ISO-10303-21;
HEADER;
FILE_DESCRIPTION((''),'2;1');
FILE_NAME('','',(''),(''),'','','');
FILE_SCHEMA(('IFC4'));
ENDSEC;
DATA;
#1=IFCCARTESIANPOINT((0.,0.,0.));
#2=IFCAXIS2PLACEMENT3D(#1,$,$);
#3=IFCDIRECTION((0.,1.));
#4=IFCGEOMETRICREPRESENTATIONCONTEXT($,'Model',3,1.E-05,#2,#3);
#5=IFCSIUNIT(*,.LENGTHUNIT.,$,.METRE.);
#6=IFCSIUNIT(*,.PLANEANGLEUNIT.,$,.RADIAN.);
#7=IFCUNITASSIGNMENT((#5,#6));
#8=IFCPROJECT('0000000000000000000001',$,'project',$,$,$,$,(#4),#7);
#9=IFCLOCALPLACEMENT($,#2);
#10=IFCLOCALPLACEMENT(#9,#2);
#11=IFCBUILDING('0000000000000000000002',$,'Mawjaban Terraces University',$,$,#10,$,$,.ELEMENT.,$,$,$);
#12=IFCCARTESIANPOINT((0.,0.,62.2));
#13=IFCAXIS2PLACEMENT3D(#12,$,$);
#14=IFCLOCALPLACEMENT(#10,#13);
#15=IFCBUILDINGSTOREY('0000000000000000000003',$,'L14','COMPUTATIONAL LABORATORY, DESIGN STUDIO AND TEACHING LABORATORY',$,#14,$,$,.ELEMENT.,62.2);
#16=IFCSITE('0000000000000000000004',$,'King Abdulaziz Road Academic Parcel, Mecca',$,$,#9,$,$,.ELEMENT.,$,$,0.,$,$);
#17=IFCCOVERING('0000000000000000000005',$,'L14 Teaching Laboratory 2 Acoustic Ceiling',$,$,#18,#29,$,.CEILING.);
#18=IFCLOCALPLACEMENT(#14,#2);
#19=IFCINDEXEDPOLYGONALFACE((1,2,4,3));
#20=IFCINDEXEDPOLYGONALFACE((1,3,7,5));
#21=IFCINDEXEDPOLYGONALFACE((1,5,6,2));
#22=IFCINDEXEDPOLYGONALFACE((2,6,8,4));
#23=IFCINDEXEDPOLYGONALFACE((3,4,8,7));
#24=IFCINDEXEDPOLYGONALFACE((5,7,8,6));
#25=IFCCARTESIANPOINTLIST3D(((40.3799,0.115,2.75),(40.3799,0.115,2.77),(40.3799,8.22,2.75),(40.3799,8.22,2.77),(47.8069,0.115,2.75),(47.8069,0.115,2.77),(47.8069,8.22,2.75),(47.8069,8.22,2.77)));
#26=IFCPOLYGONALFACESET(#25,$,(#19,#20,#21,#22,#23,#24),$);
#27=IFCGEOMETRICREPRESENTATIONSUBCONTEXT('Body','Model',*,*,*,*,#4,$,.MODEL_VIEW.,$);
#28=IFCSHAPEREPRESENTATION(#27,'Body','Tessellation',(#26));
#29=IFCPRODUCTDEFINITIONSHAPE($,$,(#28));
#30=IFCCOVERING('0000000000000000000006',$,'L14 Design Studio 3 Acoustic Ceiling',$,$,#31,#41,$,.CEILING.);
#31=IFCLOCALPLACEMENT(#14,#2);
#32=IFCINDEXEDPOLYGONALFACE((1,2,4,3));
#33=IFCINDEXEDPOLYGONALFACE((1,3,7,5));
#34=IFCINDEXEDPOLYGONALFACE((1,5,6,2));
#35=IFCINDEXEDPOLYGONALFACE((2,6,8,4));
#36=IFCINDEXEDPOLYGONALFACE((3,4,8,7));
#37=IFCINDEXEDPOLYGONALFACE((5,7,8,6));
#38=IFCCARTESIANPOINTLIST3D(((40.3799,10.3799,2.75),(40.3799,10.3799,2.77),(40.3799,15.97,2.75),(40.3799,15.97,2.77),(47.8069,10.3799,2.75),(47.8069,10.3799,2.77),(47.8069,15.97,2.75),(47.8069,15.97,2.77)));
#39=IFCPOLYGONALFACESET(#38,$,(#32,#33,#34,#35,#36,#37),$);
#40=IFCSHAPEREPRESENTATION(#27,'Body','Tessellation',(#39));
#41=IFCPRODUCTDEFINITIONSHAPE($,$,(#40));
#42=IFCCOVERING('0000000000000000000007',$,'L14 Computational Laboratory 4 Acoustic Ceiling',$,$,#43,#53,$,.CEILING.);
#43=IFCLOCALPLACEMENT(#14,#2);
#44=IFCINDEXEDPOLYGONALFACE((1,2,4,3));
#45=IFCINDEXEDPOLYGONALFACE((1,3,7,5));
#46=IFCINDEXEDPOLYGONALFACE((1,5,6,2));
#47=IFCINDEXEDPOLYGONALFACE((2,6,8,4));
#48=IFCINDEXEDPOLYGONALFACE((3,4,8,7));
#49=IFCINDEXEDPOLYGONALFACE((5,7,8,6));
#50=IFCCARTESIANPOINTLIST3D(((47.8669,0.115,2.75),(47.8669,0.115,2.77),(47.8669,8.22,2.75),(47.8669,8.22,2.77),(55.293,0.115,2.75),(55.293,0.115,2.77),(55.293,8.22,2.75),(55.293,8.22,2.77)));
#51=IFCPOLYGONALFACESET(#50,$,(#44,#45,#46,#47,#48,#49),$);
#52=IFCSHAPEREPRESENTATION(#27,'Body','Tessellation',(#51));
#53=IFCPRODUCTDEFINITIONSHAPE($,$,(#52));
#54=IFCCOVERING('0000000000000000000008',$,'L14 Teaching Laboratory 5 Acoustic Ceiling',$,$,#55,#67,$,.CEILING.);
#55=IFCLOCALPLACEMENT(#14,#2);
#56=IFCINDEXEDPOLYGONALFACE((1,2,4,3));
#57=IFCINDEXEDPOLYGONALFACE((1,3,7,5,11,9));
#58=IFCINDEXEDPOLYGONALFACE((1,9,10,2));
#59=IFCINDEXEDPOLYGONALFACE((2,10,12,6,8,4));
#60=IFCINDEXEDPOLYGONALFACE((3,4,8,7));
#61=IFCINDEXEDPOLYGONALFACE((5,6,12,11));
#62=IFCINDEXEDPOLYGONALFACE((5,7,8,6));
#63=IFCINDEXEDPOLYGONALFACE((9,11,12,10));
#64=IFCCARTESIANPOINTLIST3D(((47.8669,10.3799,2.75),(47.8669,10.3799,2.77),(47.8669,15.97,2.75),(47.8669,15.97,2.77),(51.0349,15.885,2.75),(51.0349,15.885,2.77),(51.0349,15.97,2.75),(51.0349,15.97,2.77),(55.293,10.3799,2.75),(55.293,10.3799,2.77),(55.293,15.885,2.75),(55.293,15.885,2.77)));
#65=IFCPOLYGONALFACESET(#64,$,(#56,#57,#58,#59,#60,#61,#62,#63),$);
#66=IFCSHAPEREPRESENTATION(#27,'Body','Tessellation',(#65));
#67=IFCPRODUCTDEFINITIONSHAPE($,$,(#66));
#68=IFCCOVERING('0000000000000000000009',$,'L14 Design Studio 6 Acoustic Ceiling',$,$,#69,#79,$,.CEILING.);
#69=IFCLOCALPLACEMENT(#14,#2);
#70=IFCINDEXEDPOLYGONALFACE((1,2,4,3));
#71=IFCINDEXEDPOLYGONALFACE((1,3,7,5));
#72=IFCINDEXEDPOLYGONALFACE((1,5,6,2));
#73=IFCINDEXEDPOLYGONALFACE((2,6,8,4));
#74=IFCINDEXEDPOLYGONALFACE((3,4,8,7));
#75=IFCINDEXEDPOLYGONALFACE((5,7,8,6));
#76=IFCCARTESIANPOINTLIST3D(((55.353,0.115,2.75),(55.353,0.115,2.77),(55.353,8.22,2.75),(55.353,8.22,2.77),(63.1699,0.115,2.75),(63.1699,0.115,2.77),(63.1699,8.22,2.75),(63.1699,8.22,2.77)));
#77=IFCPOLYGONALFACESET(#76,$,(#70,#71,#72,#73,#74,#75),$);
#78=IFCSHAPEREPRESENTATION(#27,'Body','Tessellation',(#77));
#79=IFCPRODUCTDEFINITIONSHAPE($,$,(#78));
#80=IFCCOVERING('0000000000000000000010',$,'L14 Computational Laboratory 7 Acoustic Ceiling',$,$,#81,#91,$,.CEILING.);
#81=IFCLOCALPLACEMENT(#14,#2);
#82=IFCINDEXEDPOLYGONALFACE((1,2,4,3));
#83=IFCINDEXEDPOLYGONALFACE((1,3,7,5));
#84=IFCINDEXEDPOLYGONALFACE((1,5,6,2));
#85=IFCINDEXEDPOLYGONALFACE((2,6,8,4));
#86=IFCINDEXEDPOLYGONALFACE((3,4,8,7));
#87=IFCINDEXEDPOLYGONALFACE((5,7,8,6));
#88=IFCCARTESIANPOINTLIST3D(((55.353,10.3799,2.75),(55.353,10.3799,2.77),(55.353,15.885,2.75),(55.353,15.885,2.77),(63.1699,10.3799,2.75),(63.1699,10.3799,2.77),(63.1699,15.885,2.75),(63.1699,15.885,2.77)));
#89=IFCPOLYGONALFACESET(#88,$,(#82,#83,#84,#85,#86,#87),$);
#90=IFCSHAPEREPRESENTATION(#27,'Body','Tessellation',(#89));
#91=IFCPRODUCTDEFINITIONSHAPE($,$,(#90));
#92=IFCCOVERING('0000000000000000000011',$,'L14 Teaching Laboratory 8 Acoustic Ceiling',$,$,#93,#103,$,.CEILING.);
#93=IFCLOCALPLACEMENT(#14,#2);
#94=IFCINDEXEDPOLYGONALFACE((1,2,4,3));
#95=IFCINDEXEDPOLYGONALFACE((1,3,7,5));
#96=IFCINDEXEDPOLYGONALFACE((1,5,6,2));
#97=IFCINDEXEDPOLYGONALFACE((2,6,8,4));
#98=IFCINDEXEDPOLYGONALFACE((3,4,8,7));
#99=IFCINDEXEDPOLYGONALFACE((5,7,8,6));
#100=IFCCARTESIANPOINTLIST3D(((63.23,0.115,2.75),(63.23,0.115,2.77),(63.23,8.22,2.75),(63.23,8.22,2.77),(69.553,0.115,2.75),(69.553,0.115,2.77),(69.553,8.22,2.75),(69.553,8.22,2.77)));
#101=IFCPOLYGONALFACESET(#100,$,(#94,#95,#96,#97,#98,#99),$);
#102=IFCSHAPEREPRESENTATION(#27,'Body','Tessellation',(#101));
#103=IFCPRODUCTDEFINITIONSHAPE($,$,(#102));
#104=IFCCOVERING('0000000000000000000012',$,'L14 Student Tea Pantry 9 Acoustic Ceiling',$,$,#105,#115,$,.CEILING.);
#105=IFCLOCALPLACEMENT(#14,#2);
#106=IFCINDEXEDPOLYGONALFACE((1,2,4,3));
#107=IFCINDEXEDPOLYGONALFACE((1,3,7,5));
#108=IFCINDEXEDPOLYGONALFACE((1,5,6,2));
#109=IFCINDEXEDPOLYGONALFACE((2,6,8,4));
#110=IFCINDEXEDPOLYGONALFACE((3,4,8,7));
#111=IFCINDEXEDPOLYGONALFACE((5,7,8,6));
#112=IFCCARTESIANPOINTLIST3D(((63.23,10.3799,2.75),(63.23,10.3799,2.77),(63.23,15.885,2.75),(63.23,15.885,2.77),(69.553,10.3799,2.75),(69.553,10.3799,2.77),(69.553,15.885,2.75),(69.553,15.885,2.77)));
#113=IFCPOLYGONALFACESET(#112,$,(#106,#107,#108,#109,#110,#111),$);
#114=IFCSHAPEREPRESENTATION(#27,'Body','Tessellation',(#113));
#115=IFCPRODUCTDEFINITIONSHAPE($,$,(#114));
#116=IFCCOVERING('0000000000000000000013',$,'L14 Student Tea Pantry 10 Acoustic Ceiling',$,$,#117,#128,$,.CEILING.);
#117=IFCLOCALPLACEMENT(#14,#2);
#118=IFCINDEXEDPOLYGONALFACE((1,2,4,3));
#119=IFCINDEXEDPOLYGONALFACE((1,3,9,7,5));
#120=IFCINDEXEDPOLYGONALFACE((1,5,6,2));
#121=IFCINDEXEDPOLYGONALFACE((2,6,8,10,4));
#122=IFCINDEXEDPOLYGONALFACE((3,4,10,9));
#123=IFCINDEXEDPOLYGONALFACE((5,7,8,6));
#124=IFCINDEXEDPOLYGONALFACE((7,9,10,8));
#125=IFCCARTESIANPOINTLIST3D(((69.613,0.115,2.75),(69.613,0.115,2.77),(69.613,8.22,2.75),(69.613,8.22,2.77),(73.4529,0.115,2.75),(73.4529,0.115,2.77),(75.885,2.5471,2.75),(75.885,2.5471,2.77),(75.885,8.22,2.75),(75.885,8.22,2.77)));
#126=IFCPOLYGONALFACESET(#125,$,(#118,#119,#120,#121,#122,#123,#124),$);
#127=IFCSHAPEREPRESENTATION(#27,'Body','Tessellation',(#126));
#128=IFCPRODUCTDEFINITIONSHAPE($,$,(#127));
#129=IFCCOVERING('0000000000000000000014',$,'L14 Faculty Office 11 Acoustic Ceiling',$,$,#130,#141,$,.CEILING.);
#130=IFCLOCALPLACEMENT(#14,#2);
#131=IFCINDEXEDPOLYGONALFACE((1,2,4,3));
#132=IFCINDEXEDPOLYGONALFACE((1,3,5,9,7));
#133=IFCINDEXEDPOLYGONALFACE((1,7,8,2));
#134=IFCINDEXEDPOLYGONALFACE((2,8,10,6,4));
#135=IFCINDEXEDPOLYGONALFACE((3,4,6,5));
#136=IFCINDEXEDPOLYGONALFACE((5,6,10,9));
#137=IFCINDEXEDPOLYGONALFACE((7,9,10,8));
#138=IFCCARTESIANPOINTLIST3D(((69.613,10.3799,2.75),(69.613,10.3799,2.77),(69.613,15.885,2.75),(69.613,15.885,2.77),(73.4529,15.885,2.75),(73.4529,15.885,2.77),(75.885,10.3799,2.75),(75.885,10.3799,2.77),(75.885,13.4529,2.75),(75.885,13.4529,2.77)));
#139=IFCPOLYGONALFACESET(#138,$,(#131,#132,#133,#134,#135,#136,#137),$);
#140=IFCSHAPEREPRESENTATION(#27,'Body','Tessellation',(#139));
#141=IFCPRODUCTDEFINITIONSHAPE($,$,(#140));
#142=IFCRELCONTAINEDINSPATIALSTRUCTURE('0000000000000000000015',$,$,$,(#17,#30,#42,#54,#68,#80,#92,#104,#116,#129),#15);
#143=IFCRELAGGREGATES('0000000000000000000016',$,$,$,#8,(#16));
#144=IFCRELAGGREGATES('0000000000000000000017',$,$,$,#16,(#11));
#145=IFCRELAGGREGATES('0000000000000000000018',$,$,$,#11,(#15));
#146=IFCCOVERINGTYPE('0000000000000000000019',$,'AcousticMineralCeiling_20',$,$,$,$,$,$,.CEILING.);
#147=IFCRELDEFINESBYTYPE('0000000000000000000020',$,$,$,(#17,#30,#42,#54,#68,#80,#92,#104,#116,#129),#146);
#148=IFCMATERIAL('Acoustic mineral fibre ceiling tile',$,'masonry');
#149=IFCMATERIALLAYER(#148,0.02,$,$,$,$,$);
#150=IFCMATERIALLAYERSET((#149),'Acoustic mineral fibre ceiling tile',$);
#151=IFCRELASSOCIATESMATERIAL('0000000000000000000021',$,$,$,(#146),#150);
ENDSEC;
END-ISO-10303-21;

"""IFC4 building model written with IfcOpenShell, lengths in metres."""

from ifc_helpers import new_model, si_unit, direction, frame, origin, place, context, subcontext, project, spatial, polyline, outline, extrude, material, layer, layer_set, type_object, element, save


model = new_model("IFC4")

# Units and contexts
model_context = context("Model", 3, precision=1e-05, world=origin(), true_north=direction((0.0, 1.0)))
body_context = subcontext(model_context, "Body", "Model", "MODEL_VIEW")
ifc_project = project(units=[si_unit("LENGTHUNIT", "METRE"), si_unit("PLANEANGLEUNIT", "RADIAN")], contexts=[model_context])

# Site, building, storey
site_placement = place(None, origin())
site = spatial("IfcSite", under=ifc_project, at=site_placement, Name="King Abdulaziz Road Academic Parcel, Mecca", CompositionType="ELEMENT", RefElevation=0.0)
building_placement = place(site_placement, origin())
building = spatial("IfcBuilding", under=site, at=building_placement, Name="Mawjaban Terraces University", CompositionType="ELEMENT")
storey_placement = place(building_placement, frame((0.0, 0.0, 62.2)))
storey = spatial("IfcBuildingStorey", under=building, at=storey_placement, Name="L14", Description="COMPUTATIONAL LABORATORY, DESIGN STUDIO AND TEACHING LABORATORY", CompositionType="ELEMENT", Elevation=62.2)

# Coverings
ifc_material_1 = material(Name="Acoustic mineral fibre ceiling tile", Category="masonry")
ifc_layer_1 = layer(ifc_material_1, 0.02)
ifc_layer_set_1 = layer_set([ifc_layer_1], Name="Acoustic mineral fibre ceiling tile")
covering_type = type_object("IfcCoveringType", Name="AcousticMineralCeiling_20", PredefinedType="CEILING", material=ifc_layer_set_1)
covering_1_placement = place(storey_placement, frame((0.0, 0.0, 2.75)))
element("IfcCovering", 1, at=covering_1_placement, inside=storey, type_object=covering_type, Name="L14 Teaching Laboratory 2 Acoustic Ceiling", PredefinedType="CEILING", context=body_context, shape_type="SweptSolid", body=[
    extrude(outline(polyline([(40.3799, 0.115), (47.8069, 0.115), (47.8069, 8.22), (40.3799, 8.22), (40.3799, 0.115)])), origin(), (0.0, 0.0, 1.0), 0.02),
])
covering_2_placement = place(storey_placement, frame((0.0, 0.0, 2.75)))
element("IfcCovering", 2, at=covering_2_placement, inside=storey, type_object=covering_type, Name="L14 Design Studio 3 Acoustic Ceiling", PredefinedType="CEILING", context=body_context, shape_type="SweptSolid", body=[
    extrude(outline(polyline([(47.8069, 10.3799), (47.8069, 15.97), (40.3799, 15.97), (40.3799, 10.3799), (47.8069, 10.3799)])), origin(), (0.0, 0.0, 1.0), 0.02),
])
covering_3_placement = place(storey_placement, frame((0.0, 0.0, 2.75)))
element("IfcCovering", 3, at=covering_3_placement, inside=storey, type_object=covering_type, Name="L14 Computational Laboratory 4 Acoustic Ceiling", PredefinedType="CEILING", context=body_context, shape_type="SweptSolid", body=[
    extrude(outline(polyline([(47.8669, 0.115), (55.293, 0.115), (55.293, 8.22), (47.8669, 8.22), (47.8669, 0.115)])), origin(), (0.0, 0.0, 1.0), 0.02),
])
covering_4_placement = place(storey_placement, frame((0.0, 0.0, 2.75)))
element("IfcCovering", 4, at=covering_4_placement, inside=storey, type_object=covering_type, Name="L14 Teaching Laboratory 5 Acoustic Ceiling", PredefinedType="CEILING", context=body_context, shape_type="SweptSolid", body=[
    extrude(outline(polyline([(55.293, 15.885), (51.0349, 15.885), (51.0349, 15.97), (47.8669, 15.97), (47.8669, 10.3799), (55.293, 10.3799), (55.293, 15.885)])), origin(), (0.0, 0.0, 1.0), 0.02),
])
covering_5_placement = place(storey_placement, frame((0.0, 0.0, 2.75)))
element("IfcCovering", 5, at=covering_5_placement, inside=storey, type_object=covering_type, Name="L14 Design Studio 6 Acoustic Ceiling", PredefinedType="CEILING", context=body_context, shape_type="SweptSolid", body=[
    extrude(outline(polyline([(55.353, 0.115), (63.1699, 0.115), (63.1699, 8.22), (55.353, 8.22), (55.353, 0.115)])), origin(), (0.0, 0.0, 1.0), 0.02),
])
covering_6_placement = place(storey_placement, frame((0.0, 0.0, 2.75)))
element("IfcCovering", 6, at=covering_6_placement, inside=storey, type_object=covering_type, Name="L14 Computational Laboratory 7 Acoustic Ceiling", PredefinedType="CEILING", context=body_context, shape_type="SweptSolid", body=[
    extrude(outline(polyline([(63.1699, 15.885), (55.353, 15.885), (55.353, 10.3799), (63.1699, 10.3799), (63.1699, 15.885)])), origin(), (0.0, 0.0, 1.0), 0.02),
])
covering_7_placement = place(storey_placement, frame((0.0, 0.0, 2.75)))
element("IfcCovering", 7, at=covering_7_placement, inside=storey, type_object=covering_type, Name="L14 Teaching Laboratory 8 Acoustic Ceiling", PredefinedType="CEILING", context=body_context, shape_type="SweptSolid", body=[
    extrude(outline(polyline([(63.23, 0.115), (69.553, 0.115), (69.553, 8.22), (63.23, 8.22), (63.23, 0.115)])), origin(), (0.0, 0.0, 1.0), 0.02),
])
covering_8_placement = place(storey_placement, frame((0.0, 0.0, 2.75)))
element("IfcCovering", 8, at=covering_8_placement, inside=storey, type_object=covering_type, Name="L14 Student Tea Pantry 9 Acoustic Ceiling", PredefinedType="CEILING", context=body_context, shape_type="SweptSolid", body=[
    extrude(outline(polyline([(69.553, 15.885), (63.23, 15.885), (63.23, 10.3799), (69.553, 10.3799), (69.553, 15.885)])), origin(), (0.0, 0.0, 1.0), 0.02),
])
covering_9_placement = place(storey_placement, frame((0.0, 0.0, 2.75)))
element("IfcCovering", 9, at=covering_9_placement, inside=storey, type_object=covering_type, Name="L14 Student Tea Pantry 10 Acoustic Ceiling", PredefinedType="CEILING", context=body_context, shape_type="SweptSolid", body=[
    extrude(outline(polyline([(69.613, 0.115), (73.4529, 0.115), (75.885, 2.5471), (75.885, 8.22), (69.613, 8.22), (69.613, 0.115)])), origin(), (0.0, 0.0, 1.0), 0.02),
])
covering_10_placement = place(storey_placement, frame((0.0, 0.0, 2.75)))
element("IfcCovering", 10, at=covering_10_placement, inside=storey, type_object=covering_type, Name="L14 Faculty Office 11 Acoustic Ceiling", PredefinedType="CEILING", context=body_context, shape_type="SweptSolid", body=[
    extrude(outline(polyline([(75.885, 10.3799), (75.885, 13.4529), (73.4529, 15.885), (69.613, 15.885), (69.613, 10.3799), (75.885, 10.3799)])), origin(), (0.0, 0.0, 1.0), 0.02),
])

save(model, "model.ifc")
